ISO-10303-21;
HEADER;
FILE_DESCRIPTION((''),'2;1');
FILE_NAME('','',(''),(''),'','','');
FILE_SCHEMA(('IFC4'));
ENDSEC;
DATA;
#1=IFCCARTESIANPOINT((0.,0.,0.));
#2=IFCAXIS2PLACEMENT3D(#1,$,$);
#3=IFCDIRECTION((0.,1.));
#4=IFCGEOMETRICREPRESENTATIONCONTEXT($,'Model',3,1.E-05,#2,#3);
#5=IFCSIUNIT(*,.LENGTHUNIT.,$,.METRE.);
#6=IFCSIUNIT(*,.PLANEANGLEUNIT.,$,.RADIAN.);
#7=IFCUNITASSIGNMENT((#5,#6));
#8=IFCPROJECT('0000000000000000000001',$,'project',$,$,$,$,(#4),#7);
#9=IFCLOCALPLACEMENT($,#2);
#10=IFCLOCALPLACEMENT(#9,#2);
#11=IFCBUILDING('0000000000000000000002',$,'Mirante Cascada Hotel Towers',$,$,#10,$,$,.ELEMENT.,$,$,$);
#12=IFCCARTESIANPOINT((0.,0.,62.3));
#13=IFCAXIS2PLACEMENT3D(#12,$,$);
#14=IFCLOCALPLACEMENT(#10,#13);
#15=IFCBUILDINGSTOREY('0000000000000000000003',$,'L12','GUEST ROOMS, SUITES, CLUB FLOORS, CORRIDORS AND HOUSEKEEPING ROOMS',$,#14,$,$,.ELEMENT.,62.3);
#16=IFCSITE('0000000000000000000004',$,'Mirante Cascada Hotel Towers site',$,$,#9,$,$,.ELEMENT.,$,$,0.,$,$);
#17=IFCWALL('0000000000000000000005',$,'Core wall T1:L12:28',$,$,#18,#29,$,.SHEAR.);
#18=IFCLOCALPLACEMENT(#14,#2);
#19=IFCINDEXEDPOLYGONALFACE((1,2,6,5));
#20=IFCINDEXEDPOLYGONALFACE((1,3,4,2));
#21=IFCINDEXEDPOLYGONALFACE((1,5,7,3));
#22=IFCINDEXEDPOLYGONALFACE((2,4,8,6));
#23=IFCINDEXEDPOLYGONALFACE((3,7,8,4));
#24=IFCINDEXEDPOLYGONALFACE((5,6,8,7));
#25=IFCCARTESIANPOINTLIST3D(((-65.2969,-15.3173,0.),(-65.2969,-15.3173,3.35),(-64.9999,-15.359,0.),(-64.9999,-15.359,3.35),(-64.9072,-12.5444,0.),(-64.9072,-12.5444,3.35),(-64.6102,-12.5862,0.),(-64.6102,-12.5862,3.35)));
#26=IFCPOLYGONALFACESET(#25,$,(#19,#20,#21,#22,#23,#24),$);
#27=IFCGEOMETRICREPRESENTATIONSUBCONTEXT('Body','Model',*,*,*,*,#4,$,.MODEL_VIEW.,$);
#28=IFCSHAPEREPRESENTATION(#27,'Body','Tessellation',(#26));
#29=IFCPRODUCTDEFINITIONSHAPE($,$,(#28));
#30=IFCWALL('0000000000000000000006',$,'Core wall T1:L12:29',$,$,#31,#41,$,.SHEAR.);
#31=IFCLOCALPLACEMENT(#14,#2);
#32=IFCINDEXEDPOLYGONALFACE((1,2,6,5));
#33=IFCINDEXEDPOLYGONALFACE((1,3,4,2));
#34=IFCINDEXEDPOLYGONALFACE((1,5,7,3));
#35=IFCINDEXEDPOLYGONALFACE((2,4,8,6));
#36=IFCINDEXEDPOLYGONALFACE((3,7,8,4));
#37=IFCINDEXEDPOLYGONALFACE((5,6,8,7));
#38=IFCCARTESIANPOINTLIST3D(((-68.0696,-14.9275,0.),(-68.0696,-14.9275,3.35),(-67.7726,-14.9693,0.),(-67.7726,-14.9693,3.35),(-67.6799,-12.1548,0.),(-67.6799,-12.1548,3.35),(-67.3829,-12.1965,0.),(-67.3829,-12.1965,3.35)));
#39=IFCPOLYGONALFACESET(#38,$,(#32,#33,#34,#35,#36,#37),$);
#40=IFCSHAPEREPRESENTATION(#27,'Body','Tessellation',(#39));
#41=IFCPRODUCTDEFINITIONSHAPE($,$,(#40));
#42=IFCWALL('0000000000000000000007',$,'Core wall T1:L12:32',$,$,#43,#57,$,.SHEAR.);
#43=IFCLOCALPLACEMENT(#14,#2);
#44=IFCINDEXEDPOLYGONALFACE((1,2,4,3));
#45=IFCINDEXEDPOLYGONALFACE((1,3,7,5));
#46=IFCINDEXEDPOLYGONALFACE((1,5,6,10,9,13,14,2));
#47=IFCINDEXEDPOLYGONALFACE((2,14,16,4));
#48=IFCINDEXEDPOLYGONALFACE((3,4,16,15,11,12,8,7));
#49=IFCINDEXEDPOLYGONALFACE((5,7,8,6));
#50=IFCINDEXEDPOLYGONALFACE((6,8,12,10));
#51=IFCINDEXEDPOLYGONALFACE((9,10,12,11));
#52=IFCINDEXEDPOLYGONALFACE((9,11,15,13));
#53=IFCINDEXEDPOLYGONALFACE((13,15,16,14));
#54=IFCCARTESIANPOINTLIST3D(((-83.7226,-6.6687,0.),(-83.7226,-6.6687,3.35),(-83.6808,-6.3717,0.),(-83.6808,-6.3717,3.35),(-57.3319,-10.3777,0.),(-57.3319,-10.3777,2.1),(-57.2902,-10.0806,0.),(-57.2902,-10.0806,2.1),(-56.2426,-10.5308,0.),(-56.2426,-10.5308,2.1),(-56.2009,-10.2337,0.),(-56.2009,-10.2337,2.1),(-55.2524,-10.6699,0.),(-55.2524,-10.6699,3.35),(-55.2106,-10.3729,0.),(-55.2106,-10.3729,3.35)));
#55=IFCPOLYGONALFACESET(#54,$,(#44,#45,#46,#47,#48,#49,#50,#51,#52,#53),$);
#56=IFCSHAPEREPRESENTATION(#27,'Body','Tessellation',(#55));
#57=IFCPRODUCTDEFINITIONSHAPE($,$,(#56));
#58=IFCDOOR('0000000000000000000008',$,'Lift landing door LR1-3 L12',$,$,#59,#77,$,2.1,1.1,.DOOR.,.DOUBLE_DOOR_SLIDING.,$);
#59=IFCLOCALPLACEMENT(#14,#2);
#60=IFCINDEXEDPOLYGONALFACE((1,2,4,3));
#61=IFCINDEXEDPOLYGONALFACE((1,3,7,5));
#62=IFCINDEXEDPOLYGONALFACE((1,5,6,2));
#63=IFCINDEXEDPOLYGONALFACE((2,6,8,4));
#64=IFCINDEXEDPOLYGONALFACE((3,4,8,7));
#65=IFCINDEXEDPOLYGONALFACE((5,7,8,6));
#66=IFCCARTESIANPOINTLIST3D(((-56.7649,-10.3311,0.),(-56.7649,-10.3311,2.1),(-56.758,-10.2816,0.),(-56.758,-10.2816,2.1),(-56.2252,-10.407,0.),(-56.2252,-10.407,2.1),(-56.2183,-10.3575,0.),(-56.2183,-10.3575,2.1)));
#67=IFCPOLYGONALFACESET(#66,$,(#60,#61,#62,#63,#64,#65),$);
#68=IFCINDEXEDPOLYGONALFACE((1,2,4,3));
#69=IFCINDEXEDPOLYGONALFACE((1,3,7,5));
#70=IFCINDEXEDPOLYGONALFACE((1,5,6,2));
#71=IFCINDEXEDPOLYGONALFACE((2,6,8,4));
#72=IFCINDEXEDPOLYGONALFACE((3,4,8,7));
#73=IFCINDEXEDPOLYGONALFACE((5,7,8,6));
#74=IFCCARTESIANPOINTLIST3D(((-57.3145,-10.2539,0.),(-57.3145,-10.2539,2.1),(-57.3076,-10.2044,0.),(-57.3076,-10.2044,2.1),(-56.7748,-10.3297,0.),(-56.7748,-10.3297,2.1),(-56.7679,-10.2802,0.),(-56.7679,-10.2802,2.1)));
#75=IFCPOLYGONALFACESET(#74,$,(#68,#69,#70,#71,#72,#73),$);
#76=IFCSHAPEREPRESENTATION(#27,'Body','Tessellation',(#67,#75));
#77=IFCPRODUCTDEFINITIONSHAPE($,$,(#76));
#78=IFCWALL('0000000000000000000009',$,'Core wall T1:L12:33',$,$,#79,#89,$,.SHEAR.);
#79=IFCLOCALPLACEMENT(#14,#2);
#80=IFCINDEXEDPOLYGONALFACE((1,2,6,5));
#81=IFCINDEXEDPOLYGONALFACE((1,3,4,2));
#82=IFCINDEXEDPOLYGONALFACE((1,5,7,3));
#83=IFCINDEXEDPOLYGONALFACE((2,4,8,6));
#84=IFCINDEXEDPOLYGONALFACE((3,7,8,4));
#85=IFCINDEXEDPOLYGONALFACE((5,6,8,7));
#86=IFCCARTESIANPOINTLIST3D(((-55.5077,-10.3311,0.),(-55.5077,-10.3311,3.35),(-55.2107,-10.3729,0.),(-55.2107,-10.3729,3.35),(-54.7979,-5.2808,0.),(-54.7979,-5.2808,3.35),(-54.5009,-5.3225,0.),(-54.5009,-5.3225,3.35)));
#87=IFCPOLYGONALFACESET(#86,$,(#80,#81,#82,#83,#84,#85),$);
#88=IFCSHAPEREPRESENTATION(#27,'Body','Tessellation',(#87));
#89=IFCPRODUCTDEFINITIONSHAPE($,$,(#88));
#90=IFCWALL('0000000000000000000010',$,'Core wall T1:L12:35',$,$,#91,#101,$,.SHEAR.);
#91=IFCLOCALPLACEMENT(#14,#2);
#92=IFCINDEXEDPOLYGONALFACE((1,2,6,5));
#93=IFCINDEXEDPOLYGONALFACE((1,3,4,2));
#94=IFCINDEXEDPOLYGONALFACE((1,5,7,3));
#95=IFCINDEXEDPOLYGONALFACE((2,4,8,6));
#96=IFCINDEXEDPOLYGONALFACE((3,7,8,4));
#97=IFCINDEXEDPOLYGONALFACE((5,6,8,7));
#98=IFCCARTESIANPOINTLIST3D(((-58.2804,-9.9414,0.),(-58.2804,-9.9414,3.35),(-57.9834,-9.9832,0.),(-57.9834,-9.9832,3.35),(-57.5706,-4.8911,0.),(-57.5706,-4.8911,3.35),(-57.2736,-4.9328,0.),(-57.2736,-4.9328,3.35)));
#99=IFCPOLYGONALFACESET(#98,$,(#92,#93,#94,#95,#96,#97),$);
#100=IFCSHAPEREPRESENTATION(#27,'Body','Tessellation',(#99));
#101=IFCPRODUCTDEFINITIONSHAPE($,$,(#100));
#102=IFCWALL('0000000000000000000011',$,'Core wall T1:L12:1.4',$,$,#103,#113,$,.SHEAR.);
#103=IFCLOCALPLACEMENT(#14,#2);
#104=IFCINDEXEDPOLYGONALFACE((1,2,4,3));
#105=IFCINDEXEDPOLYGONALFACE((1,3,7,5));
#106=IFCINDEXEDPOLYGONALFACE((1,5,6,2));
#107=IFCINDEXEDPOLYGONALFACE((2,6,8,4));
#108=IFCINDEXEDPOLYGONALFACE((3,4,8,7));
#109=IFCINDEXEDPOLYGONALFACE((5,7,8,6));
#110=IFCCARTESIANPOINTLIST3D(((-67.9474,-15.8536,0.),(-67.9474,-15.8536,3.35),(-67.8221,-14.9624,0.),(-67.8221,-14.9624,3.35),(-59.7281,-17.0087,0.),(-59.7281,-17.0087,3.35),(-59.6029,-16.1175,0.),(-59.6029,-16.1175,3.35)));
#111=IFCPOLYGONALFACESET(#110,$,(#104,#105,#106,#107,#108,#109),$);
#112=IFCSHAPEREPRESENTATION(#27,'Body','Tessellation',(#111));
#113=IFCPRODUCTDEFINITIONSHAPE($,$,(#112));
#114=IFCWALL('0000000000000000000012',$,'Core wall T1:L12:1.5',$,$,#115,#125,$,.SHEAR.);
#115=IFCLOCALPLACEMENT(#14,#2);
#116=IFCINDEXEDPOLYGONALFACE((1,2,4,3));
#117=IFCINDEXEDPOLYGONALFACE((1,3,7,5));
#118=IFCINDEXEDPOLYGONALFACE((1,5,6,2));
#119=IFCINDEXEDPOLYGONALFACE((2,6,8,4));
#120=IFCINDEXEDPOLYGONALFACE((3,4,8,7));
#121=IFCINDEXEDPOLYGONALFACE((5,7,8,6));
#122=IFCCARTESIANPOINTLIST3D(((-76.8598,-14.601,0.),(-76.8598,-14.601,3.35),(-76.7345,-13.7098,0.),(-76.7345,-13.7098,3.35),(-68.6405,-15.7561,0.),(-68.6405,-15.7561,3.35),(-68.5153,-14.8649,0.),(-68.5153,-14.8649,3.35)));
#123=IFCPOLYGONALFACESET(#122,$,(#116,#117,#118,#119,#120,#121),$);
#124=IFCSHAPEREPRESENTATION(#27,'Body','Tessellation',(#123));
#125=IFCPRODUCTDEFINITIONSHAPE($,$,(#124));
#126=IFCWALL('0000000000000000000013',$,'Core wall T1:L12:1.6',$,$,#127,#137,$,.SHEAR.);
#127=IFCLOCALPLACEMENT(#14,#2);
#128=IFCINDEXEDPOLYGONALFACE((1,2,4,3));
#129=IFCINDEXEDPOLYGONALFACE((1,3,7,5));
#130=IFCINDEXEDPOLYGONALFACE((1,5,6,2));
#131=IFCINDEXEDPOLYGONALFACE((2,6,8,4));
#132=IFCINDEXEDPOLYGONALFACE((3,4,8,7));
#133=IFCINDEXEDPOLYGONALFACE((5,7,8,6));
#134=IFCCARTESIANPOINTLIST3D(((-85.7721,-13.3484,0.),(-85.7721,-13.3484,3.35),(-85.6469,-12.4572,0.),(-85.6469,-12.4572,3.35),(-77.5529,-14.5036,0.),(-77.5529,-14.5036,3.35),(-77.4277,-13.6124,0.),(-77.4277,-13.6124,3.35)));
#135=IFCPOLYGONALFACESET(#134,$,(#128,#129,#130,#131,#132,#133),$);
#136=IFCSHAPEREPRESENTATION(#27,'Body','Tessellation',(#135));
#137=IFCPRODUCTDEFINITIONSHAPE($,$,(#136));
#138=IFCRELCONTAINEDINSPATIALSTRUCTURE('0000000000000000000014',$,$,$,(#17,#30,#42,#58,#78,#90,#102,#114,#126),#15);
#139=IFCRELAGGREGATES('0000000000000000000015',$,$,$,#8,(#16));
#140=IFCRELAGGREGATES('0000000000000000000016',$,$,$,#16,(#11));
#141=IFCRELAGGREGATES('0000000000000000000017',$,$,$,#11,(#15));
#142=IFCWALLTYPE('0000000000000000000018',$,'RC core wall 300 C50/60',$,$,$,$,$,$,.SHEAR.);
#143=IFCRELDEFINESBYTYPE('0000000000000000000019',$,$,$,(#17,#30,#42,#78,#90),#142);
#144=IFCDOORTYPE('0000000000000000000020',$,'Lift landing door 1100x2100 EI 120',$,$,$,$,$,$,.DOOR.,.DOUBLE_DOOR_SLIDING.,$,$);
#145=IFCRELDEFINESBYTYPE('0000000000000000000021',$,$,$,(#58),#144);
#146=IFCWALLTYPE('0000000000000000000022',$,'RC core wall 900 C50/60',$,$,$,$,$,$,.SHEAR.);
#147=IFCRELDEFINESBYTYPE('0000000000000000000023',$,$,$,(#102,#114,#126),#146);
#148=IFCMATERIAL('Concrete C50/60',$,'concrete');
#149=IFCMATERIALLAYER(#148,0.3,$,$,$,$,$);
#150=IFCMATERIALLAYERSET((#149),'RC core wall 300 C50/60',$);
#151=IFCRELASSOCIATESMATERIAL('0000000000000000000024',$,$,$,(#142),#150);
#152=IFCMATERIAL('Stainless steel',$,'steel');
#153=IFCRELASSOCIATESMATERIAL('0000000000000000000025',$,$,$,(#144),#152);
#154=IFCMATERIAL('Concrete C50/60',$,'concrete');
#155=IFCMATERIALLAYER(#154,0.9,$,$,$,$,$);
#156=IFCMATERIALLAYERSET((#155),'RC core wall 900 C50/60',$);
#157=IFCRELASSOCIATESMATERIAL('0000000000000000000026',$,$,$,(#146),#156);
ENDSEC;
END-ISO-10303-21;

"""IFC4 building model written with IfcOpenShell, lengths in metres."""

from ifc_helpers import new_model, si_unit, direction, frame, frame_2d, origin, place, context, subcontext, project, spatial, rectangle, extrude, material, layer, layer_set, type_object, element, fill, save


model = new_model("IFC4")

# Units and contexts
model_context = context("Model", 3, precision=1e-05, world=origin(), true_north=direction((0.0, 1.0)))
body_context = subcontext(model_context, "Body", "Model", "MODEL_VIEW")
ifc_project = project(units=[si_unit("LENGTHUNIT", "METRE"), si_unit("PLANEANGLEUNIT", "RADIAN")], contexts=[model_context])

# Site, building, storey
site_placement = place(None, origin())
site = spatial("IfcSite", under=ifc_project, at=site_placement, Name="Mirante Cascada Hotel Towers site", CompositionType="ELEMENT", RefElevation=0.0)
building_placement = place(site_placement, origin())
building = spatial("IfcBuilding", under=site, at=building_placement, Name="Mirante Cascada Hotel Towers", CompositionType="ELEMENT")
storey_placement = place(building_placement, frame((0.0, 0.0, 62.3)))
storey = spatial("IfcBuildingStorey", under=building, at=storey_placement, Name="L12", Description="GUEST ROOMS, SUITES, CLUB FLOORS, CORRIDORS AND HOUSEKEEPING ROOMS", CompositionType="ELEMENT", Elevation=62.3)

# Walls
ifc_material_1 = material(Name="Concrete C50/60", Category="concrete")
ifc_layer_1 = layer(ifc_material_1, 0.3)
ifc_layer_set_1 = layer_set([ifc_layer_1], Name="RC core wall 300 C50/60")
wall_type_1 = type_object("IfcWallType", Name="RC core wall 300 C50/60", PredefinedType="SHEAR", material=ifc_layer_set_1)
for number, where, z_axis, x_axis, name in (
    (1, (-65.1484, -15.3381, 0.0), (0.0, 0.0, 1.0), (0.139176, 0.990268, 0.0), "Core wall T1:L12:28"),
):
    element("IfcWall", number, at=place(storey_placement, frame(where, z_axis=z_axis, x_axis=x_axis)), inside=storey, type_object=wall_type_1, Name=name, PredefinedType="SHEAR", context=body_context, shape_type="SweptSolid", body=[
        extrude(rectangle(XDim=2.8001, YDim=0.3, at=frame_2d((1.4, 0.0))), origin(), (0.0, 0.0, 1.0), 3.35),
    ])
wall_1_placement = place(storey_placement, frame((-67.9211, -14.9484, 0.0), z_axis=(0.0, 0.0, 1.0), x_axis=(0.139181, 0.990267, 0.0)))
element("IfcWall", 2, at=wall_1_placement, inside=storey, type_object=wall_type_1, Name="Core wall T1:L12:29", PredefinedType="SHEAR", context=body_context, shape_type="SweptSolid", body=[
    extrude(rectangle(XDim=2.8, YDim=0.3, at=frame_2d((1.4, 0.0))), origin(), (0.0, 0.0, 1.0), 3.35),
])

# Wall, opening, door
wall_2_placement = place(storey_placement, frame((-55.2315, -10.5214, 0.0), z_axis=(0.0, 0.0, 1.0), x_axis=(-0.990268, 0.139172, 0.0)))
wall_2 = element("IfcWall", 3, at=wall_2_placement, inside=storey, type_object=wall_type_1, Name="Core wall T1:L12:32", PredefinedType="SHEAR", context=body_context, shape_type="SweptSolid", body=[
    extrude(rectangle(XDim=28.75, YDim=0.3, at=frame_2d((14.375, 0.0))), origin(), (0.0, 0.0, 1.0), 3.35),
])
opening_1_placement = place(wall_2_placement, frame((1.0, 0.0, 0.0)))
opening_1 = element("IfcOpeningElement", 4, at=opening_1_placement, cuts=wall_2, PredefinedType="OPENING", context=body_context, shape_type="SweptSolid", body=[
    extrude(rectangle(XDim=1.1, YDim=2.1, at=frame_2d((0.55, 1.05))), frame((0.0, 0.15, 0.0), z_axis=(0.0, -1.0, 0.0), x_axis=(1.0, 0.0, 0.0)), (0.0, 0.0, 1.0), 0.3),
])
ifc_material_2 = material(Name="Stainless steel", Category="steel")
door_type_1 = type_object("IfcDoorType", Name="Lift landing door 1100x2100 EI 120", OperationType="DOUBLE_DOOR_SLIDING", PredefinedType="DOOR", material=ifc_material_2)
door_1_placement = place(opening_1_placement, origin())
door_1 = element("IfcDoor", 5, at=door_1_placement, inside=storey, type_object=door_type_1, Name="Lift landing door LR1-3 L12", OperationType="DOUBLE_DOOR_SLIDING", OverallHeight=2.1, OverallWidth=1.1, PredefinedType="DOOR", context=body_context, shape_type="SweptSolid", body=[
    extrude(rectangle(XDim=0.545, YDim=2.1, at=frame_2d((0.2725, 1.05))), frame((0.0, 0.025, 0.0), z_axis=(0.0, -1.0, 0.0), x_axis=(1.0, 0.0, 0.0)), (0.0, 0.0, 1.0), 0.05),
    extrude(rectangle(XDim=0.545, YDim=2.1, at=frame_2d((0.8275, 1.05))), frame((0.0, 0.025, 0.0), z_axis=(0.0, -1.0, 0.0), x_axis=(1.0, 0.0, 0.0)), (0.0, 0.0, 1.0), 0.05),
])
fill(opening_1, door_1)

# Walls
for number, where, z_axis, x_axis, name in (
    (6, (-55.3592, -10.352, 0.0), (0.0, 0.0, 1.0), (0.139176, 0.990268, 0.0), "Core wall T1:L12:33"),
    (7, (-58.1319, -9.9623, 0.0), (0.0, 0.0, 1.0), (0.139176, 0.990268, 0.0), "Core wall T1:L12:35"),
):
    element("IfcWall", number, at=place(storey_placement, frame(where, z_axis=z_axis, x_axis=x_axis)), inside=storey, type_object=wall_type_1, Name=name, PredefinedType="SHEAR", context=body_context, shape_type="SweptSolid", body=[
        extrude(rectangle(XDim=5.1, YDim=0.3, at=frame_2d((2.55, 0.0))), origin(), (0.0, 0.0, 1.0), 3.35),
    ])
ifc_material_3 = material(Name="Concrete C50/60", Category="concrete")
ifc_layer_2 = layer(ifc_material_3, 0.9)
ifc_layer_set_2 = layer_set([ifc_layer_2], Name="RC core wall 900 C50/60")
wall_type_2 = type_object("IfcWallType", Name="RC core wall 900 C50/60", PredefinedType="SHEAR", material=ifc_layer_set_2)
for number, where, z_axis, x_axis, name in (
    (8, (-59.6655, -16.5631, 0.0), (0.0, 0.0, 1.0), (-0.990269, 0.139169, 0.0), "Core wall T1:L12:1.4"),
    (9, (-68.5779, -15.3105, 0.0), (0.0, 0.0, 1.0), (-0.990269, 0.139169, 0.0), "Core wall T1:L12:1.5"),
    (10, (-77.4903, -14.058, 0.0), (0.0, 0.0, 1.0), (-0.990267, 0.139181, 0.0), "Core wall T1:L12:1.6"),
):
    element("IfcWall", number, at=place(storey_placement, frame(where, z_axis=z_axis, x_axis=x_axis)), inside=storey, type_object=wall_type_2, Name=name, PredefinedType="SHEAR", context=body_context, shape_type="SweptSolid", body=[
        extrude(rectangle(XDim=8.3, YDim=0.9, at=frame_2d((4.15, 0.0))), origin(), (0.0, 0.0, 1.0), 3.35),
    ])

save(model, "model.ifc")
